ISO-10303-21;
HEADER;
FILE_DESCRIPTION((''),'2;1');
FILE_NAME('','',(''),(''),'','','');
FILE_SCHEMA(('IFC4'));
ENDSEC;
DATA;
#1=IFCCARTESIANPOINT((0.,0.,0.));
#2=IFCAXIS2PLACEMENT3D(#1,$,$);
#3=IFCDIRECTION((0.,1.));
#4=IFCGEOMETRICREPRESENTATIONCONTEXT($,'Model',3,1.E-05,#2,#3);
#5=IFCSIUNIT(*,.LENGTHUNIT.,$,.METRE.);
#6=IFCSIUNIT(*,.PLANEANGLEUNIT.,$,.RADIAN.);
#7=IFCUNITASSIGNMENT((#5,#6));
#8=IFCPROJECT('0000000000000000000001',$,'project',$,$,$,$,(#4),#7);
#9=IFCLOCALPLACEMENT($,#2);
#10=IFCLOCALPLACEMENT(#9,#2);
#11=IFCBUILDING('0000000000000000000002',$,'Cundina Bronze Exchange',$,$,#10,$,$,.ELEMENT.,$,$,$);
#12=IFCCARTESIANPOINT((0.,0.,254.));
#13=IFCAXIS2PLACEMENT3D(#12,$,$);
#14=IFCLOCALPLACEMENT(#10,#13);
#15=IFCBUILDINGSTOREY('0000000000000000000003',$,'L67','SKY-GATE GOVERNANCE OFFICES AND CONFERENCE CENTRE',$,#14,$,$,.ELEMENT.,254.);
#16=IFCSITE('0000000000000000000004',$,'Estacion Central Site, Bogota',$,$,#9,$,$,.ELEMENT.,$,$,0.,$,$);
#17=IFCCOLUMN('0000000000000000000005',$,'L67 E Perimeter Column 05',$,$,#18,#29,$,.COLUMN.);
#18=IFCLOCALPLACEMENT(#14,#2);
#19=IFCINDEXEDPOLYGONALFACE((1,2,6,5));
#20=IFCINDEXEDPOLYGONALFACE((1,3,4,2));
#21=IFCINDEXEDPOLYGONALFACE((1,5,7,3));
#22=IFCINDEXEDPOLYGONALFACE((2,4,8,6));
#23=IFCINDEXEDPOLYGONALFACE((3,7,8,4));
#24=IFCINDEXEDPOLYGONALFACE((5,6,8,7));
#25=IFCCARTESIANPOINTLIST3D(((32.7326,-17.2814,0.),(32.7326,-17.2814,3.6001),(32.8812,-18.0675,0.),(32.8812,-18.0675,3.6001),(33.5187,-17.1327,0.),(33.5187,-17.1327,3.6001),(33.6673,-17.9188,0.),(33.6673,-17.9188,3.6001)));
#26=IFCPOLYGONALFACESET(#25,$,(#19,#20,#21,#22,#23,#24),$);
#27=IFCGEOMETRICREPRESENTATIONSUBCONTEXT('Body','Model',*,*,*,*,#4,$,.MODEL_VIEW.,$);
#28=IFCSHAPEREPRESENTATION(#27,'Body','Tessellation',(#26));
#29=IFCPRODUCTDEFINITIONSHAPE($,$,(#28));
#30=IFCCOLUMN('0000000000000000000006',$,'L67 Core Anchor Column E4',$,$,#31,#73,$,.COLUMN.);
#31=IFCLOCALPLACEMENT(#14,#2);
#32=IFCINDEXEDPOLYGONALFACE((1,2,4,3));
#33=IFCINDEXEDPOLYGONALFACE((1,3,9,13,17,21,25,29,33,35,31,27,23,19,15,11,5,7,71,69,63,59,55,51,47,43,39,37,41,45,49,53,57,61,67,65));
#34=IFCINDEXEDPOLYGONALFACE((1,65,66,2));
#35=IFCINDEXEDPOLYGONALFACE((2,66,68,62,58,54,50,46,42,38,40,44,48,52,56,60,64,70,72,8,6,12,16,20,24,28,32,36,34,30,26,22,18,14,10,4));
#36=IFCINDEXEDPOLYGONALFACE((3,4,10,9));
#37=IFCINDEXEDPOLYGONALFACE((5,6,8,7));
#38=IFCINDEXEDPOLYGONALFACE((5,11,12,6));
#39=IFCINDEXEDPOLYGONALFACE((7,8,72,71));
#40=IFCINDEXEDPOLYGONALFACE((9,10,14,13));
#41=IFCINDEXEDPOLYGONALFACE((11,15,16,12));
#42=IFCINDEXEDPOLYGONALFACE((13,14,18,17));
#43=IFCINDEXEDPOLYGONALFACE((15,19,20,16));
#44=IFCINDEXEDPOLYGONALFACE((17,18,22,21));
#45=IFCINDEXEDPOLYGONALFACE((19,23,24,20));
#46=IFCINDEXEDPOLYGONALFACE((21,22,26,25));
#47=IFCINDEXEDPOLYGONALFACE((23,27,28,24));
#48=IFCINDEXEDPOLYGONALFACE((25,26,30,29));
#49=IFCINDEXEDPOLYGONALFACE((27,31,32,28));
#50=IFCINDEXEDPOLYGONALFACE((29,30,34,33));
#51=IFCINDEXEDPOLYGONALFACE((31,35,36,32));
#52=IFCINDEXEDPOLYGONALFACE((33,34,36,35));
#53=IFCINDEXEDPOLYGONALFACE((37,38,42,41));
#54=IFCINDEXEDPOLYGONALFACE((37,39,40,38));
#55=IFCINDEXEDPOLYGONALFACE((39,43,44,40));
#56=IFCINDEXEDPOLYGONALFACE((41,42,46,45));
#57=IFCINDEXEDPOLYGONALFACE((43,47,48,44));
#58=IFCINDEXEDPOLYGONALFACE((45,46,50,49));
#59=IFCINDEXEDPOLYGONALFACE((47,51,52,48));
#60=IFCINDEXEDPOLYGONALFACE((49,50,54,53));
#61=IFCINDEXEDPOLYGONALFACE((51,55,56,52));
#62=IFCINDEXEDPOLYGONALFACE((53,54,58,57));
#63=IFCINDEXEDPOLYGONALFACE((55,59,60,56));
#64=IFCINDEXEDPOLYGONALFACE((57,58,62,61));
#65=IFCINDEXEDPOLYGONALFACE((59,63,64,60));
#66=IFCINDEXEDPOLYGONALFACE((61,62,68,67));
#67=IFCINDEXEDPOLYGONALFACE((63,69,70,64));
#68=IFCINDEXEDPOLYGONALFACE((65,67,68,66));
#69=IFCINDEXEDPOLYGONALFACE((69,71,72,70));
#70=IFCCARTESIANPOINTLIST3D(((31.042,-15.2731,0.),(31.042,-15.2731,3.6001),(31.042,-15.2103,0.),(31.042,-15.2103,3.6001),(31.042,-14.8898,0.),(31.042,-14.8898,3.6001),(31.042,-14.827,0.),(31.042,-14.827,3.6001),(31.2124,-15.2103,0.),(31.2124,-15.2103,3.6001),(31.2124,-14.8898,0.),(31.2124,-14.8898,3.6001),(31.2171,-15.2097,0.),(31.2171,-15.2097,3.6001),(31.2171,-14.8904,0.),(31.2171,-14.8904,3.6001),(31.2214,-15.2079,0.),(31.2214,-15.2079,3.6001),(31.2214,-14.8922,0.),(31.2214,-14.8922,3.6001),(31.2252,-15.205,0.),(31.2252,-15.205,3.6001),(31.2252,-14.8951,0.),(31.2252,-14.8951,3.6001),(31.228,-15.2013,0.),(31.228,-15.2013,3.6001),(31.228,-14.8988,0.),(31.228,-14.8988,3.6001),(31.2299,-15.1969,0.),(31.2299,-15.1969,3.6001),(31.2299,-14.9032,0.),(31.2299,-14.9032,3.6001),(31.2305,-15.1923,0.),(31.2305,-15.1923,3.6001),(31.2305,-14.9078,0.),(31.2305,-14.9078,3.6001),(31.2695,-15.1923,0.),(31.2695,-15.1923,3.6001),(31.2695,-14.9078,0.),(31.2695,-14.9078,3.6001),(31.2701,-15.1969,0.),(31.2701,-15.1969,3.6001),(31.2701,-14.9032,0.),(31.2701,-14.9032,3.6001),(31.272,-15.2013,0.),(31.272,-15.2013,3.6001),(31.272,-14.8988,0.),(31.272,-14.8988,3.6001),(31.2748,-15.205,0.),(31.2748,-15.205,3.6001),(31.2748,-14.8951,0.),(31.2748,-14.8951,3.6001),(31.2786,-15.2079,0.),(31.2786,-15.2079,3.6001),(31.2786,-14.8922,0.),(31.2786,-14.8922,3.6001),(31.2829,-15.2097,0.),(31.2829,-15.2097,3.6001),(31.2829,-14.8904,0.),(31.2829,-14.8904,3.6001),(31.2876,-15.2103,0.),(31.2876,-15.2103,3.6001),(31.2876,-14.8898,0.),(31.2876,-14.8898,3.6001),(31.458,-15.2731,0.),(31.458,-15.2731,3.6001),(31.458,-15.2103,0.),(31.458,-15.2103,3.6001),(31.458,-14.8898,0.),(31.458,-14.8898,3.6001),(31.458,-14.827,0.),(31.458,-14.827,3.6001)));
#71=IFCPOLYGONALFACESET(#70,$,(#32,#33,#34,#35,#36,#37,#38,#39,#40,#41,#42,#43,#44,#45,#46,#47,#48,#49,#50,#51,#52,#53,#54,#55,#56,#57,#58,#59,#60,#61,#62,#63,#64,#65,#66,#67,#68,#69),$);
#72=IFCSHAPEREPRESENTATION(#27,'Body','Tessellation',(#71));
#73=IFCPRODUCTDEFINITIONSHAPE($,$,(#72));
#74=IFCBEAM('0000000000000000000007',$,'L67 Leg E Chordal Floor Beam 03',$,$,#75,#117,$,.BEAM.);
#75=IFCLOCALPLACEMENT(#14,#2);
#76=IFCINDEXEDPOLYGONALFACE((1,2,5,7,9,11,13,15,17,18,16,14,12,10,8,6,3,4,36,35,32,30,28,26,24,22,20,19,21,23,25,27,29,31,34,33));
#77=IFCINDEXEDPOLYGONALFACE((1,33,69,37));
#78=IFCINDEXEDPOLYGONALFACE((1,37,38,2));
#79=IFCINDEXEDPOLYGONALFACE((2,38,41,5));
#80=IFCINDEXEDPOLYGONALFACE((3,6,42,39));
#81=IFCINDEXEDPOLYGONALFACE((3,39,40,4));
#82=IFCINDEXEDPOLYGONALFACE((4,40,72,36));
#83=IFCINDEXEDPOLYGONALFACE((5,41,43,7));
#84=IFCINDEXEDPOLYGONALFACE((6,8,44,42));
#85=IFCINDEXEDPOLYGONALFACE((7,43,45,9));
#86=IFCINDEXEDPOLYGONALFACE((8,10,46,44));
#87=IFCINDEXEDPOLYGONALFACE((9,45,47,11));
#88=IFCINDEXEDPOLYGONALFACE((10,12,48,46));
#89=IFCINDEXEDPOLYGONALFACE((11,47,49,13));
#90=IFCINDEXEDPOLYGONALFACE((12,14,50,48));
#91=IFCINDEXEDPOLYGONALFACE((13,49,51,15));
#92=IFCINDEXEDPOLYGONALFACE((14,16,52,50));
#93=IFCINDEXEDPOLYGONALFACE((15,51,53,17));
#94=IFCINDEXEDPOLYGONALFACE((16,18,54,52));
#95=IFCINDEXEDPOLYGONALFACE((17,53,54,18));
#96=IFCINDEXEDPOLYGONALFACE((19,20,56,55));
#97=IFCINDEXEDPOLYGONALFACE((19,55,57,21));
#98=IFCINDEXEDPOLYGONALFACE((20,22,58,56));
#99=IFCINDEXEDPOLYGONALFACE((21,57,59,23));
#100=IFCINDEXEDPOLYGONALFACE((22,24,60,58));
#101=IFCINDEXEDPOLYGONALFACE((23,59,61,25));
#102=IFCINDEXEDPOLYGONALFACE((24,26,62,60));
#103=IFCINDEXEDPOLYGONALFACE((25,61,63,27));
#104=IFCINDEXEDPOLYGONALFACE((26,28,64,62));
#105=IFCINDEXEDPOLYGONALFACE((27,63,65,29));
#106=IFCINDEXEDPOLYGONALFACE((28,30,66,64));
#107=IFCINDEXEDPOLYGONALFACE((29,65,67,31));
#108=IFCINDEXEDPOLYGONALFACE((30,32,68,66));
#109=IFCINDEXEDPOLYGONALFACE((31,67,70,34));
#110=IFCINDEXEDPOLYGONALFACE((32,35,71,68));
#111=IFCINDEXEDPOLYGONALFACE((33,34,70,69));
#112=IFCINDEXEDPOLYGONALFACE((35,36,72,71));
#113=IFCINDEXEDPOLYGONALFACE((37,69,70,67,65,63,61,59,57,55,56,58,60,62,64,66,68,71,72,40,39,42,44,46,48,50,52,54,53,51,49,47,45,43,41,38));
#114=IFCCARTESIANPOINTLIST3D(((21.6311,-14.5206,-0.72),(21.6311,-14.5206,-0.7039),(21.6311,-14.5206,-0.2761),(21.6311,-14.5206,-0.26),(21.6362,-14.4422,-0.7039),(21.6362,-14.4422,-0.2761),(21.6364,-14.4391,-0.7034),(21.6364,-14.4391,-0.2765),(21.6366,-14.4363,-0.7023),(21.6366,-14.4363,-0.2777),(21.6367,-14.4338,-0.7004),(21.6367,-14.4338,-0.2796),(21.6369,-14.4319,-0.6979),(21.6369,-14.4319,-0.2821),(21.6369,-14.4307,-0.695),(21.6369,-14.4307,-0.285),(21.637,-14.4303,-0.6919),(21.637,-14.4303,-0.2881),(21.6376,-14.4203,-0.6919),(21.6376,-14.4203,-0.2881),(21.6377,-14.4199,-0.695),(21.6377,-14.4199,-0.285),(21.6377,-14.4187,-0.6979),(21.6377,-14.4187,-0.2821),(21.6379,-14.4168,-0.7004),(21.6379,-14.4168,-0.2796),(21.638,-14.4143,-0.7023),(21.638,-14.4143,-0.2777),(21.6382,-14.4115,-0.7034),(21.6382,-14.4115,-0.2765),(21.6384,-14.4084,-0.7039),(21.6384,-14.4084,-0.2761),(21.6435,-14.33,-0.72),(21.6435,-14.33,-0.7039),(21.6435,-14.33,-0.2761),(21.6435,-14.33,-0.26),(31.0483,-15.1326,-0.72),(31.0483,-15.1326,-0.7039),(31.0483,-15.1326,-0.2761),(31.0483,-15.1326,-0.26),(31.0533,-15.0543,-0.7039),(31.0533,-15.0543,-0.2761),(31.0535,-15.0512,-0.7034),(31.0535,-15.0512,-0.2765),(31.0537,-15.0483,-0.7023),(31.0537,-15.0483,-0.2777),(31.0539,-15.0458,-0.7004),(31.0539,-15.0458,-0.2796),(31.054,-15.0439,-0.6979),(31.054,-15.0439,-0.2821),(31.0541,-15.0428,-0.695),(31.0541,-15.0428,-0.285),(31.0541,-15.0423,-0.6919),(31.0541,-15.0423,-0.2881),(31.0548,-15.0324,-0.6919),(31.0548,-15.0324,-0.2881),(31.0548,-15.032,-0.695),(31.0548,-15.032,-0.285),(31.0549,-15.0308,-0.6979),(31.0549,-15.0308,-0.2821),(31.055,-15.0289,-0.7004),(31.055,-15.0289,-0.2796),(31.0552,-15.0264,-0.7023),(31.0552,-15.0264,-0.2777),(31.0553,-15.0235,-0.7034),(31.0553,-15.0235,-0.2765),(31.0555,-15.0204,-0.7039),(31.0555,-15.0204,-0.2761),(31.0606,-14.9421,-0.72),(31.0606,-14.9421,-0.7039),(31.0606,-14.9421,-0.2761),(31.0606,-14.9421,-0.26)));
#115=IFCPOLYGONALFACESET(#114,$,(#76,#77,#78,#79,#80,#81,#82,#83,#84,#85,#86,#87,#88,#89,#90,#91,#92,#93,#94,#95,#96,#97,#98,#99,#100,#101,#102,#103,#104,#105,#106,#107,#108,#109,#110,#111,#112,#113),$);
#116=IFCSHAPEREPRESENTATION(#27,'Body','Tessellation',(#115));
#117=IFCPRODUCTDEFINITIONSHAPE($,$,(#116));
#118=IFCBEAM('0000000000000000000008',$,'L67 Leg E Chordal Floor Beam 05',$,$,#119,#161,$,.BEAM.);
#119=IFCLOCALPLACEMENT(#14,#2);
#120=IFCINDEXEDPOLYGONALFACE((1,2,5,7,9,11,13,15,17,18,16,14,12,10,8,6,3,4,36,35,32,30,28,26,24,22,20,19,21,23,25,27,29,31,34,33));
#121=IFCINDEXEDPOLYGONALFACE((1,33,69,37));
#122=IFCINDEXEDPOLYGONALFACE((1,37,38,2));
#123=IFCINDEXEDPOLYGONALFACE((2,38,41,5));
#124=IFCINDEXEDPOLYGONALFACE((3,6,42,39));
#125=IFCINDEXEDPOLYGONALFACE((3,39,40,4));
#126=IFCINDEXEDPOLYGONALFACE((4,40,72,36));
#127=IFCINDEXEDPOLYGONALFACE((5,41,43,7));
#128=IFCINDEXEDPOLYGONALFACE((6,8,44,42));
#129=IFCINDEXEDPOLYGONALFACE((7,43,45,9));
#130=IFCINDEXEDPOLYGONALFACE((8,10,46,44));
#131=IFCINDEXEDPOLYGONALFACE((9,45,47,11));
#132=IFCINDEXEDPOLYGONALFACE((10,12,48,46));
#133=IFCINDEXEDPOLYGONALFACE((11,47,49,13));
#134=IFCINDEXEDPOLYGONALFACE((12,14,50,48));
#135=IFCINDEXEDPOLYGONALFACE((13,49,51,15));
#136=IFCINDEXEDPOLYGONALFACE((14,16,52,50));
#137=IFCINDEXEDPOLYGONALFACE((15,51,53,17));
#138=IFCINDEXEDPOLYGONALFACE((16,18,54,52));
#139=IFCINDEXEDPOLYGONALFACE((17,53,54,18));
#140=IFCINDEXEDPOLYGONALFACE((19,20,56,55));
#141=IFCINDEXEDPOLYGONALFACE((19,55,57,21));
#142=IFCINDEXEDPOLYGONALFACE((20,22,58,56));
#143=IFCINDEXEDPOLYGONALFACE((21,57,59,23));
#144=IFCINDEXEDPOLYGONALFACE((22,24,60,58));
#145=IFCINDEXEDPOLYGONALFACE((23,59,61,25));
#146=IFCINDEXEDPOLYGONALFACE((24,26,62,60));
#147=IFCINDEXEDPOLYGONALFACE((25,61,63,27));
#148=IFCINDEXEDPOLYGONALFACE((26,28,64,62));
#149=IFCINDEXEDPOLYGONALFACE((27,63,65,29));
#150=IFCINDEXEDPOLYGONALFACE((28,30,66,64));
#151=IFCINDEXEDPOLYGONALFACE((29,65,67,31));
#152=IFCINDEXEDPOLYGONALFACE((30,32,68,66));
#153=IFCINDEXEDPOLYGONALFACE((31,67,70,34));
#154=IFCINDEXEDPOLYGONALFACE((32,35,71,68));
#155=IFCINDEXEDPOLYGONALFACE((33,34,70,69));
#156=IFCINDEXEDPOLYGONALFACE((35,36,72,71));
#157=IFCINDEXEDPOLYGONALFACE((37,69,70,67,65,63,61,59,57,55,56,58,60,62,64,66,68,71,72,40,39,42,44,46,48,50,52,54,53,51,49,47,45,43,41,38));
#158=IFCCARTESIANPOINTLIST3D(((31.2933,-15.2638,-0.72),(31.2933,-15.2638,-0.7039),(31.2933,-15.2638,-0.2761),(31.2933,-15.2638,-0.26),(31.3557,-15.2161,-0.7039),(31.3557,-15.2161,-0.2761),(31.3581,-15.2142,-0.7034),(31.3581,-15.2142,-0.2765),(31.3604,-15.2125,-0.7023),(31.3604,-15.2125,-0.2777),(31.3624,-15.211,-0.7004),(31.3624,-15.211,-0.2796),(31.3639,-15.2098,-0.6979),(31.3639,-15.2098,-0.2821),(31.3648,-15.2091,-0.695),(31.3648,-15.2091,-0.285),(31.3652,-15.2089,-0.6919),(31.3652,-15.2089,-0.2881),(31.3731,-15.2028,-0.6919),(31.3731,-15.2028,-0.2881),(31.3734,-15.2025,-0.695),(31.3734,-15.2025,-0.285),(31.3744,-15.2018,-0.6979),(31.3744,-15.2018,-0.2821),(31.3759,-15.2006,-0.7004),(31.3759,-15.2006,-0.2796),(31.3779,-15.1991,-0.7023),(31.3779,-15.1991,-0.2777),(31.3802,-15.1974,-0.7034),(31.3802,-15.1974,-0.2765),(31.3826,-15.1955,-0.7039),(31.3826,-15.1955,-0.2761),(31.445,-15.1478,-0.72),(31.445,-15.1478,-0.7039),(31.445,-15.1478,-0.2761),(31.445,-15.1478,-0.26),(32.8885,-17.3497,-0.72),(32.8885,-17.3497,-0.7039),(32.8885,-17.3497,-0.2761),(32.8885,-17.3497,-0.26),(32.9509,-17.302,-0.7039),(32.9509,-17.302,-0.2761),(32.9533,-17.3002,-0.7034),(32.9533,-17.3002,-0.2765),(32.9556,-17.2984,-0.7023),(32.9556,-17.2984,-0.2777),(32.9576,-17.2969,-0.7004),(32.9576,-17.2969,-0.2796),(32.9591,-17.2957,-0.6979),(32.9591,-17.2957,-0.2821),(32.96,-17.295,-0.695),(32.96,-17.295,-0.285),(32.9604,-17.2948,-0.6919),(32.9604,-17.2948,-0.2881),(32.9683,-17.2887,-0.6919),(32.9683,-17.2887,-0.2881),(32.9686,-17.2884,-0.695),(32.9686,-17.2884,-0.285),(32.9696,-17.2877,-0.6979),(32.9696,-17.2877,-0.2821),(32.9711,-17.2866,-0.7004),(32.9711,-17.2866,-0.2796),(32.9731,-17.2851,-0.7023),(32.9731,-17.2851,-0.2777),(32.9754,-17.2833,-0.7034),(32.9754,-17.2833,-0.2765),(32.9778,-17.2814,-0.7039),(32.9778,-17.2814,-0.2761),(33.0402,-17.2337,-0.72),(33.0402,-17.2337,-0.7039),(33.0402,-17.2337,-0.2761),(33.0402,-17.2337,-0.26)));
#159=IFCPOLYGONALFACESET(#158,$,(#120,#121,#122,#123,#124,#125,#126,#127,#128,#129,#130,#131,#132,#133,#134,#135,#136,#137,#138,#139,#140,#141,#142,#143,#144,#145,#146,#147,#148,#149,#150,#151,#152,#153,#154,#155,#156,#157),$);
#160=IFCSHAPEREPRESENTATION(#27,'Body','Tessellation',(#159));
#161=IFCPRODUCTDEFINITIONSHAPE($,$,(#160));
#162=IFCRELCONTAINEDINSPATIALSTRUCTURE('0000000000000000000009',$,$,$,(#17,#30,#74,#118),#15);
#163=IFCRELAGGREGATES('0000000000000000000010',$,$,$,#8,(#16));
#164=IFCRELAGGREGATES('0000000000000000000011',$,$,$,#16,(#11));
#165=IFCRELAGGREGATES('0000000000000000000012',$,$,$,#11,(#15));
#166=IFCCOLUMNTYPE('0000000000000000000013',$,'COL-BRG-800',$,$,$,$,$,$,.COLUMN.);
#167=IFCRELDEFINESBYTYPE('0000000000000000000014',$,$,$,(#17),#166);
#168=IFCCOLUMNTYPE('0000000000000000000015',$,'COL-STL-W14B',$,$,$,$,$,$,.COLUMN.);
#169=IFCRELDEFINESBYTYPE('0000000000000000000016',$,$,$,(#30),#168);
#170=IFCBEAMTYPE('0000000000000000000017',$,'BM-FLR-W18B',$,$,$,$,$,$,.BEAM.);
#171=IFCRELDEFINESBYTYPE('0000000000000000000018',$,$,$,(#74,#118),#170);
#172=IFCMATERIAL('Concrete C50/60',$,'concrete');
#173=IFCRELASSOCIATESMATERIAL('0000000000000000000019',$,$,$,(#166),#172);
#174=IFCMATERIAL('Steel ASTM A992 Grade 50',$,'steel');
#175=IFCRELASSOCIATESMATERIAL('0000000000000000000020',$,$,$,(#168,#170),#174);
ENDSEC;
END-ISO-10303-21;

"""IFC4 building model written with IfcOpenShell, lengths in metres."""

from ifc_helpers import new_model, si_unit, direction, frame, origin, origin_2d, place, context, subcontext, project, spatial, rectangle, i_section, extrude, material, material_profile, profile_set, type_object, element, save


model = new_model("IFC4")

# Units and contexts
model_context = context("Model", 3, precision=1e-05, world=origin(), true_north=direction((0.0, 1.0)))
body_context = subcontext(model_context, "Body", "Model", "MODEL_VIEW")
ifc_project = project(units=[si_unit("LENGTHUNIT", "METRE"), si_unit("PLANEANGLEUNIT", "RADIAN")], contexts=[model_context])

# Site, building, storey
site_placement = place(None, origin())
site = spatial("IfcSite", under=ifc_project, at=site_placement, Name="Estacion Central Site, Bogota", CompositionType="ELEMENT", RefElevation=0.0)
building_placement = place(site_placement, origin())
building = spatial("IfcBuilding", under=site, at=building_placement, Name="Cundina Bronze Exchange", CompositionType="ELEMENT")
storey_placement = place(building_placement, frame((0.0, 0.0, 254.0)))
storey = spatial("IfcBuildingStorey", under=building, at=storey_placement, Name="L67", Description="SKY-GATE GOVERNANCE OFFICES AND CONFERENCE CENTRE", CompositionType="ELEMENT", Elevation=254.0)

# Columns
ifc_material_1 = material(Name="Concrete C50/60", Category="concrete")
ifc_material_profile_1 = material_profile(ifc_material_1, rectangle(XDim=0.8, YDim=0.8, at=origin_2d()), Name="RC800X800", Category="concrete")
ifc_profile_set_1 = profile_set([ifc_material_profile_1], Name="Concrete C50/60")
column_type_1 = type_object("IfcColumnType", Name="COL-BRG-800", PredefinedType="COLUMN", material=ifc_profile_set_1)
column_1_placement = place(storey_placement, frame((33.2, -17.6001, 0.0), z_axis=(0.0, 0.0, 1.0), x_axis=(0.98258, 0.185838, 0.0)))
element("IfcColumn", 1, at=column_1_placement, inside=storey, type_object=column_type_1, Name="L67 E Perimeter Column 05", PredefinedType="COLUMN", context=body_context, shape_type="SweptSolid", body=[
    extrude(rectangle(XDim=0.8, YDim=0.8, at=origin_2d()), origin(), (0.0, 0.0, 1.0), 3.6001),
])
ifc_material_2 = material(Name="Steel ASTM A992 Grade 50", Category="steel")
ifc_material_profile_2 = material_profile(ifc_material_2, i_section(OverallWidth=0.416, OverallDepth=0.446, WebThickness=0.0391, FlangeThickness=0.0627, FilletRadius=0.0181, at=origin_2d()), Name="W14X342", Category="steel")
ifc_profile_set_2 = profile_set([ifc_material_profile_2], Name="Steel ASTM A992 Grade 50")
column_type_2 = type_object("IfcColumnType", Name="COL-STL-W14B", PredefinedType="COLUMN", material=ifc_profile_set_2)
column_2_placement = place(storey_placement, frame((31.25, -15.05, 0.0), z_axis=(0.0, 0.0, 1.0), x_axis=(1.0, 0.0, 0.0)))
element("IfcColumn", 2, at=column_2_placement, inside=storey, type_object=column_type_2, Name="L67 Core Anchor Column E4", PredefinedType="COLUMN", context=body_context, shape_type="SweptSolid", body=[
    extrude(i_section(OverallWidth=0.416, OverallDepth=0.446, WebThickness=0.0391, FlangeThickness=0.0627, FilletRadius=0.0181, at=origin_2d()), origin(), (0.0, 0.0, 1.0), 3.6001),
])

# Beams
ifc_material_profile_3 = material_profile(ifc_material_2, i_section(OverallWidth=0.1909, OverallDepth=0.46, WebThickness=0.01, FlangeThickness=0.0161, FilletRadius=0.012, at=origin_2d()), Name="W18X55", Category="steel")
ifc_profile_set_3 = profile_set([ifc_material_profile_3], Name="Steel ASTM A992 Grade 50")
beam_type_1 = type_object("IfcBeamType", Name="BM-FLR-W18B", PredefinedType="BEAM", material=ifc_profile_set_3)
beam_1_placement = place(storey_placement, frame((31.0544, -15.0374, -0.49), z_axis=(-0.997895, 0.064857, 0.0), x_axis=(-0.064857, -0.997895, 0.0)))
element("IfcBeam", 3, at=beam_1_placement, inside=storey, type_object=beam_type_1, Name="L67 Leg E Chordal Floor Beam 03", PredefinedType="BEAM", context=body_context, shape_type="SweptSolid", body=[
    extrude(i_section(OverallWidth=0.1909, OverallDepth=0.46, WebThickness=0.01, FlangeThickness=0.0161, FilletRadius=0.012, at=origin_2d()), origin(), (0.0, 0.0, 1.0), 9.437),
])
beam_2_placement = place(storey_placement, frame((31.3691, -15.2058, -0.49), z_axis=(0.607471, -0.794342, 0.0), x_axis=(0.794342, 0.607471, 0.0)))
element("IfcBeam", 4, at=beam_2_placement, inside=storey, type_object=beam_type_1, Name="L67 Leg E Chordal Floor Beam 05", PredefinedType="BEAM", context=body_context, shape_type="SweptSolid", body=[
    extrude(i_section(OverallWidth=0.1909, OverallDepth=0.46, WebThickness=0.01, FlangeThickness=0.0161, FilletRadius=0.012, at=origin_2d()), origin(), (0.0, 0.0, 1.0), 2.626),
])

save(model, "model.ifc")
